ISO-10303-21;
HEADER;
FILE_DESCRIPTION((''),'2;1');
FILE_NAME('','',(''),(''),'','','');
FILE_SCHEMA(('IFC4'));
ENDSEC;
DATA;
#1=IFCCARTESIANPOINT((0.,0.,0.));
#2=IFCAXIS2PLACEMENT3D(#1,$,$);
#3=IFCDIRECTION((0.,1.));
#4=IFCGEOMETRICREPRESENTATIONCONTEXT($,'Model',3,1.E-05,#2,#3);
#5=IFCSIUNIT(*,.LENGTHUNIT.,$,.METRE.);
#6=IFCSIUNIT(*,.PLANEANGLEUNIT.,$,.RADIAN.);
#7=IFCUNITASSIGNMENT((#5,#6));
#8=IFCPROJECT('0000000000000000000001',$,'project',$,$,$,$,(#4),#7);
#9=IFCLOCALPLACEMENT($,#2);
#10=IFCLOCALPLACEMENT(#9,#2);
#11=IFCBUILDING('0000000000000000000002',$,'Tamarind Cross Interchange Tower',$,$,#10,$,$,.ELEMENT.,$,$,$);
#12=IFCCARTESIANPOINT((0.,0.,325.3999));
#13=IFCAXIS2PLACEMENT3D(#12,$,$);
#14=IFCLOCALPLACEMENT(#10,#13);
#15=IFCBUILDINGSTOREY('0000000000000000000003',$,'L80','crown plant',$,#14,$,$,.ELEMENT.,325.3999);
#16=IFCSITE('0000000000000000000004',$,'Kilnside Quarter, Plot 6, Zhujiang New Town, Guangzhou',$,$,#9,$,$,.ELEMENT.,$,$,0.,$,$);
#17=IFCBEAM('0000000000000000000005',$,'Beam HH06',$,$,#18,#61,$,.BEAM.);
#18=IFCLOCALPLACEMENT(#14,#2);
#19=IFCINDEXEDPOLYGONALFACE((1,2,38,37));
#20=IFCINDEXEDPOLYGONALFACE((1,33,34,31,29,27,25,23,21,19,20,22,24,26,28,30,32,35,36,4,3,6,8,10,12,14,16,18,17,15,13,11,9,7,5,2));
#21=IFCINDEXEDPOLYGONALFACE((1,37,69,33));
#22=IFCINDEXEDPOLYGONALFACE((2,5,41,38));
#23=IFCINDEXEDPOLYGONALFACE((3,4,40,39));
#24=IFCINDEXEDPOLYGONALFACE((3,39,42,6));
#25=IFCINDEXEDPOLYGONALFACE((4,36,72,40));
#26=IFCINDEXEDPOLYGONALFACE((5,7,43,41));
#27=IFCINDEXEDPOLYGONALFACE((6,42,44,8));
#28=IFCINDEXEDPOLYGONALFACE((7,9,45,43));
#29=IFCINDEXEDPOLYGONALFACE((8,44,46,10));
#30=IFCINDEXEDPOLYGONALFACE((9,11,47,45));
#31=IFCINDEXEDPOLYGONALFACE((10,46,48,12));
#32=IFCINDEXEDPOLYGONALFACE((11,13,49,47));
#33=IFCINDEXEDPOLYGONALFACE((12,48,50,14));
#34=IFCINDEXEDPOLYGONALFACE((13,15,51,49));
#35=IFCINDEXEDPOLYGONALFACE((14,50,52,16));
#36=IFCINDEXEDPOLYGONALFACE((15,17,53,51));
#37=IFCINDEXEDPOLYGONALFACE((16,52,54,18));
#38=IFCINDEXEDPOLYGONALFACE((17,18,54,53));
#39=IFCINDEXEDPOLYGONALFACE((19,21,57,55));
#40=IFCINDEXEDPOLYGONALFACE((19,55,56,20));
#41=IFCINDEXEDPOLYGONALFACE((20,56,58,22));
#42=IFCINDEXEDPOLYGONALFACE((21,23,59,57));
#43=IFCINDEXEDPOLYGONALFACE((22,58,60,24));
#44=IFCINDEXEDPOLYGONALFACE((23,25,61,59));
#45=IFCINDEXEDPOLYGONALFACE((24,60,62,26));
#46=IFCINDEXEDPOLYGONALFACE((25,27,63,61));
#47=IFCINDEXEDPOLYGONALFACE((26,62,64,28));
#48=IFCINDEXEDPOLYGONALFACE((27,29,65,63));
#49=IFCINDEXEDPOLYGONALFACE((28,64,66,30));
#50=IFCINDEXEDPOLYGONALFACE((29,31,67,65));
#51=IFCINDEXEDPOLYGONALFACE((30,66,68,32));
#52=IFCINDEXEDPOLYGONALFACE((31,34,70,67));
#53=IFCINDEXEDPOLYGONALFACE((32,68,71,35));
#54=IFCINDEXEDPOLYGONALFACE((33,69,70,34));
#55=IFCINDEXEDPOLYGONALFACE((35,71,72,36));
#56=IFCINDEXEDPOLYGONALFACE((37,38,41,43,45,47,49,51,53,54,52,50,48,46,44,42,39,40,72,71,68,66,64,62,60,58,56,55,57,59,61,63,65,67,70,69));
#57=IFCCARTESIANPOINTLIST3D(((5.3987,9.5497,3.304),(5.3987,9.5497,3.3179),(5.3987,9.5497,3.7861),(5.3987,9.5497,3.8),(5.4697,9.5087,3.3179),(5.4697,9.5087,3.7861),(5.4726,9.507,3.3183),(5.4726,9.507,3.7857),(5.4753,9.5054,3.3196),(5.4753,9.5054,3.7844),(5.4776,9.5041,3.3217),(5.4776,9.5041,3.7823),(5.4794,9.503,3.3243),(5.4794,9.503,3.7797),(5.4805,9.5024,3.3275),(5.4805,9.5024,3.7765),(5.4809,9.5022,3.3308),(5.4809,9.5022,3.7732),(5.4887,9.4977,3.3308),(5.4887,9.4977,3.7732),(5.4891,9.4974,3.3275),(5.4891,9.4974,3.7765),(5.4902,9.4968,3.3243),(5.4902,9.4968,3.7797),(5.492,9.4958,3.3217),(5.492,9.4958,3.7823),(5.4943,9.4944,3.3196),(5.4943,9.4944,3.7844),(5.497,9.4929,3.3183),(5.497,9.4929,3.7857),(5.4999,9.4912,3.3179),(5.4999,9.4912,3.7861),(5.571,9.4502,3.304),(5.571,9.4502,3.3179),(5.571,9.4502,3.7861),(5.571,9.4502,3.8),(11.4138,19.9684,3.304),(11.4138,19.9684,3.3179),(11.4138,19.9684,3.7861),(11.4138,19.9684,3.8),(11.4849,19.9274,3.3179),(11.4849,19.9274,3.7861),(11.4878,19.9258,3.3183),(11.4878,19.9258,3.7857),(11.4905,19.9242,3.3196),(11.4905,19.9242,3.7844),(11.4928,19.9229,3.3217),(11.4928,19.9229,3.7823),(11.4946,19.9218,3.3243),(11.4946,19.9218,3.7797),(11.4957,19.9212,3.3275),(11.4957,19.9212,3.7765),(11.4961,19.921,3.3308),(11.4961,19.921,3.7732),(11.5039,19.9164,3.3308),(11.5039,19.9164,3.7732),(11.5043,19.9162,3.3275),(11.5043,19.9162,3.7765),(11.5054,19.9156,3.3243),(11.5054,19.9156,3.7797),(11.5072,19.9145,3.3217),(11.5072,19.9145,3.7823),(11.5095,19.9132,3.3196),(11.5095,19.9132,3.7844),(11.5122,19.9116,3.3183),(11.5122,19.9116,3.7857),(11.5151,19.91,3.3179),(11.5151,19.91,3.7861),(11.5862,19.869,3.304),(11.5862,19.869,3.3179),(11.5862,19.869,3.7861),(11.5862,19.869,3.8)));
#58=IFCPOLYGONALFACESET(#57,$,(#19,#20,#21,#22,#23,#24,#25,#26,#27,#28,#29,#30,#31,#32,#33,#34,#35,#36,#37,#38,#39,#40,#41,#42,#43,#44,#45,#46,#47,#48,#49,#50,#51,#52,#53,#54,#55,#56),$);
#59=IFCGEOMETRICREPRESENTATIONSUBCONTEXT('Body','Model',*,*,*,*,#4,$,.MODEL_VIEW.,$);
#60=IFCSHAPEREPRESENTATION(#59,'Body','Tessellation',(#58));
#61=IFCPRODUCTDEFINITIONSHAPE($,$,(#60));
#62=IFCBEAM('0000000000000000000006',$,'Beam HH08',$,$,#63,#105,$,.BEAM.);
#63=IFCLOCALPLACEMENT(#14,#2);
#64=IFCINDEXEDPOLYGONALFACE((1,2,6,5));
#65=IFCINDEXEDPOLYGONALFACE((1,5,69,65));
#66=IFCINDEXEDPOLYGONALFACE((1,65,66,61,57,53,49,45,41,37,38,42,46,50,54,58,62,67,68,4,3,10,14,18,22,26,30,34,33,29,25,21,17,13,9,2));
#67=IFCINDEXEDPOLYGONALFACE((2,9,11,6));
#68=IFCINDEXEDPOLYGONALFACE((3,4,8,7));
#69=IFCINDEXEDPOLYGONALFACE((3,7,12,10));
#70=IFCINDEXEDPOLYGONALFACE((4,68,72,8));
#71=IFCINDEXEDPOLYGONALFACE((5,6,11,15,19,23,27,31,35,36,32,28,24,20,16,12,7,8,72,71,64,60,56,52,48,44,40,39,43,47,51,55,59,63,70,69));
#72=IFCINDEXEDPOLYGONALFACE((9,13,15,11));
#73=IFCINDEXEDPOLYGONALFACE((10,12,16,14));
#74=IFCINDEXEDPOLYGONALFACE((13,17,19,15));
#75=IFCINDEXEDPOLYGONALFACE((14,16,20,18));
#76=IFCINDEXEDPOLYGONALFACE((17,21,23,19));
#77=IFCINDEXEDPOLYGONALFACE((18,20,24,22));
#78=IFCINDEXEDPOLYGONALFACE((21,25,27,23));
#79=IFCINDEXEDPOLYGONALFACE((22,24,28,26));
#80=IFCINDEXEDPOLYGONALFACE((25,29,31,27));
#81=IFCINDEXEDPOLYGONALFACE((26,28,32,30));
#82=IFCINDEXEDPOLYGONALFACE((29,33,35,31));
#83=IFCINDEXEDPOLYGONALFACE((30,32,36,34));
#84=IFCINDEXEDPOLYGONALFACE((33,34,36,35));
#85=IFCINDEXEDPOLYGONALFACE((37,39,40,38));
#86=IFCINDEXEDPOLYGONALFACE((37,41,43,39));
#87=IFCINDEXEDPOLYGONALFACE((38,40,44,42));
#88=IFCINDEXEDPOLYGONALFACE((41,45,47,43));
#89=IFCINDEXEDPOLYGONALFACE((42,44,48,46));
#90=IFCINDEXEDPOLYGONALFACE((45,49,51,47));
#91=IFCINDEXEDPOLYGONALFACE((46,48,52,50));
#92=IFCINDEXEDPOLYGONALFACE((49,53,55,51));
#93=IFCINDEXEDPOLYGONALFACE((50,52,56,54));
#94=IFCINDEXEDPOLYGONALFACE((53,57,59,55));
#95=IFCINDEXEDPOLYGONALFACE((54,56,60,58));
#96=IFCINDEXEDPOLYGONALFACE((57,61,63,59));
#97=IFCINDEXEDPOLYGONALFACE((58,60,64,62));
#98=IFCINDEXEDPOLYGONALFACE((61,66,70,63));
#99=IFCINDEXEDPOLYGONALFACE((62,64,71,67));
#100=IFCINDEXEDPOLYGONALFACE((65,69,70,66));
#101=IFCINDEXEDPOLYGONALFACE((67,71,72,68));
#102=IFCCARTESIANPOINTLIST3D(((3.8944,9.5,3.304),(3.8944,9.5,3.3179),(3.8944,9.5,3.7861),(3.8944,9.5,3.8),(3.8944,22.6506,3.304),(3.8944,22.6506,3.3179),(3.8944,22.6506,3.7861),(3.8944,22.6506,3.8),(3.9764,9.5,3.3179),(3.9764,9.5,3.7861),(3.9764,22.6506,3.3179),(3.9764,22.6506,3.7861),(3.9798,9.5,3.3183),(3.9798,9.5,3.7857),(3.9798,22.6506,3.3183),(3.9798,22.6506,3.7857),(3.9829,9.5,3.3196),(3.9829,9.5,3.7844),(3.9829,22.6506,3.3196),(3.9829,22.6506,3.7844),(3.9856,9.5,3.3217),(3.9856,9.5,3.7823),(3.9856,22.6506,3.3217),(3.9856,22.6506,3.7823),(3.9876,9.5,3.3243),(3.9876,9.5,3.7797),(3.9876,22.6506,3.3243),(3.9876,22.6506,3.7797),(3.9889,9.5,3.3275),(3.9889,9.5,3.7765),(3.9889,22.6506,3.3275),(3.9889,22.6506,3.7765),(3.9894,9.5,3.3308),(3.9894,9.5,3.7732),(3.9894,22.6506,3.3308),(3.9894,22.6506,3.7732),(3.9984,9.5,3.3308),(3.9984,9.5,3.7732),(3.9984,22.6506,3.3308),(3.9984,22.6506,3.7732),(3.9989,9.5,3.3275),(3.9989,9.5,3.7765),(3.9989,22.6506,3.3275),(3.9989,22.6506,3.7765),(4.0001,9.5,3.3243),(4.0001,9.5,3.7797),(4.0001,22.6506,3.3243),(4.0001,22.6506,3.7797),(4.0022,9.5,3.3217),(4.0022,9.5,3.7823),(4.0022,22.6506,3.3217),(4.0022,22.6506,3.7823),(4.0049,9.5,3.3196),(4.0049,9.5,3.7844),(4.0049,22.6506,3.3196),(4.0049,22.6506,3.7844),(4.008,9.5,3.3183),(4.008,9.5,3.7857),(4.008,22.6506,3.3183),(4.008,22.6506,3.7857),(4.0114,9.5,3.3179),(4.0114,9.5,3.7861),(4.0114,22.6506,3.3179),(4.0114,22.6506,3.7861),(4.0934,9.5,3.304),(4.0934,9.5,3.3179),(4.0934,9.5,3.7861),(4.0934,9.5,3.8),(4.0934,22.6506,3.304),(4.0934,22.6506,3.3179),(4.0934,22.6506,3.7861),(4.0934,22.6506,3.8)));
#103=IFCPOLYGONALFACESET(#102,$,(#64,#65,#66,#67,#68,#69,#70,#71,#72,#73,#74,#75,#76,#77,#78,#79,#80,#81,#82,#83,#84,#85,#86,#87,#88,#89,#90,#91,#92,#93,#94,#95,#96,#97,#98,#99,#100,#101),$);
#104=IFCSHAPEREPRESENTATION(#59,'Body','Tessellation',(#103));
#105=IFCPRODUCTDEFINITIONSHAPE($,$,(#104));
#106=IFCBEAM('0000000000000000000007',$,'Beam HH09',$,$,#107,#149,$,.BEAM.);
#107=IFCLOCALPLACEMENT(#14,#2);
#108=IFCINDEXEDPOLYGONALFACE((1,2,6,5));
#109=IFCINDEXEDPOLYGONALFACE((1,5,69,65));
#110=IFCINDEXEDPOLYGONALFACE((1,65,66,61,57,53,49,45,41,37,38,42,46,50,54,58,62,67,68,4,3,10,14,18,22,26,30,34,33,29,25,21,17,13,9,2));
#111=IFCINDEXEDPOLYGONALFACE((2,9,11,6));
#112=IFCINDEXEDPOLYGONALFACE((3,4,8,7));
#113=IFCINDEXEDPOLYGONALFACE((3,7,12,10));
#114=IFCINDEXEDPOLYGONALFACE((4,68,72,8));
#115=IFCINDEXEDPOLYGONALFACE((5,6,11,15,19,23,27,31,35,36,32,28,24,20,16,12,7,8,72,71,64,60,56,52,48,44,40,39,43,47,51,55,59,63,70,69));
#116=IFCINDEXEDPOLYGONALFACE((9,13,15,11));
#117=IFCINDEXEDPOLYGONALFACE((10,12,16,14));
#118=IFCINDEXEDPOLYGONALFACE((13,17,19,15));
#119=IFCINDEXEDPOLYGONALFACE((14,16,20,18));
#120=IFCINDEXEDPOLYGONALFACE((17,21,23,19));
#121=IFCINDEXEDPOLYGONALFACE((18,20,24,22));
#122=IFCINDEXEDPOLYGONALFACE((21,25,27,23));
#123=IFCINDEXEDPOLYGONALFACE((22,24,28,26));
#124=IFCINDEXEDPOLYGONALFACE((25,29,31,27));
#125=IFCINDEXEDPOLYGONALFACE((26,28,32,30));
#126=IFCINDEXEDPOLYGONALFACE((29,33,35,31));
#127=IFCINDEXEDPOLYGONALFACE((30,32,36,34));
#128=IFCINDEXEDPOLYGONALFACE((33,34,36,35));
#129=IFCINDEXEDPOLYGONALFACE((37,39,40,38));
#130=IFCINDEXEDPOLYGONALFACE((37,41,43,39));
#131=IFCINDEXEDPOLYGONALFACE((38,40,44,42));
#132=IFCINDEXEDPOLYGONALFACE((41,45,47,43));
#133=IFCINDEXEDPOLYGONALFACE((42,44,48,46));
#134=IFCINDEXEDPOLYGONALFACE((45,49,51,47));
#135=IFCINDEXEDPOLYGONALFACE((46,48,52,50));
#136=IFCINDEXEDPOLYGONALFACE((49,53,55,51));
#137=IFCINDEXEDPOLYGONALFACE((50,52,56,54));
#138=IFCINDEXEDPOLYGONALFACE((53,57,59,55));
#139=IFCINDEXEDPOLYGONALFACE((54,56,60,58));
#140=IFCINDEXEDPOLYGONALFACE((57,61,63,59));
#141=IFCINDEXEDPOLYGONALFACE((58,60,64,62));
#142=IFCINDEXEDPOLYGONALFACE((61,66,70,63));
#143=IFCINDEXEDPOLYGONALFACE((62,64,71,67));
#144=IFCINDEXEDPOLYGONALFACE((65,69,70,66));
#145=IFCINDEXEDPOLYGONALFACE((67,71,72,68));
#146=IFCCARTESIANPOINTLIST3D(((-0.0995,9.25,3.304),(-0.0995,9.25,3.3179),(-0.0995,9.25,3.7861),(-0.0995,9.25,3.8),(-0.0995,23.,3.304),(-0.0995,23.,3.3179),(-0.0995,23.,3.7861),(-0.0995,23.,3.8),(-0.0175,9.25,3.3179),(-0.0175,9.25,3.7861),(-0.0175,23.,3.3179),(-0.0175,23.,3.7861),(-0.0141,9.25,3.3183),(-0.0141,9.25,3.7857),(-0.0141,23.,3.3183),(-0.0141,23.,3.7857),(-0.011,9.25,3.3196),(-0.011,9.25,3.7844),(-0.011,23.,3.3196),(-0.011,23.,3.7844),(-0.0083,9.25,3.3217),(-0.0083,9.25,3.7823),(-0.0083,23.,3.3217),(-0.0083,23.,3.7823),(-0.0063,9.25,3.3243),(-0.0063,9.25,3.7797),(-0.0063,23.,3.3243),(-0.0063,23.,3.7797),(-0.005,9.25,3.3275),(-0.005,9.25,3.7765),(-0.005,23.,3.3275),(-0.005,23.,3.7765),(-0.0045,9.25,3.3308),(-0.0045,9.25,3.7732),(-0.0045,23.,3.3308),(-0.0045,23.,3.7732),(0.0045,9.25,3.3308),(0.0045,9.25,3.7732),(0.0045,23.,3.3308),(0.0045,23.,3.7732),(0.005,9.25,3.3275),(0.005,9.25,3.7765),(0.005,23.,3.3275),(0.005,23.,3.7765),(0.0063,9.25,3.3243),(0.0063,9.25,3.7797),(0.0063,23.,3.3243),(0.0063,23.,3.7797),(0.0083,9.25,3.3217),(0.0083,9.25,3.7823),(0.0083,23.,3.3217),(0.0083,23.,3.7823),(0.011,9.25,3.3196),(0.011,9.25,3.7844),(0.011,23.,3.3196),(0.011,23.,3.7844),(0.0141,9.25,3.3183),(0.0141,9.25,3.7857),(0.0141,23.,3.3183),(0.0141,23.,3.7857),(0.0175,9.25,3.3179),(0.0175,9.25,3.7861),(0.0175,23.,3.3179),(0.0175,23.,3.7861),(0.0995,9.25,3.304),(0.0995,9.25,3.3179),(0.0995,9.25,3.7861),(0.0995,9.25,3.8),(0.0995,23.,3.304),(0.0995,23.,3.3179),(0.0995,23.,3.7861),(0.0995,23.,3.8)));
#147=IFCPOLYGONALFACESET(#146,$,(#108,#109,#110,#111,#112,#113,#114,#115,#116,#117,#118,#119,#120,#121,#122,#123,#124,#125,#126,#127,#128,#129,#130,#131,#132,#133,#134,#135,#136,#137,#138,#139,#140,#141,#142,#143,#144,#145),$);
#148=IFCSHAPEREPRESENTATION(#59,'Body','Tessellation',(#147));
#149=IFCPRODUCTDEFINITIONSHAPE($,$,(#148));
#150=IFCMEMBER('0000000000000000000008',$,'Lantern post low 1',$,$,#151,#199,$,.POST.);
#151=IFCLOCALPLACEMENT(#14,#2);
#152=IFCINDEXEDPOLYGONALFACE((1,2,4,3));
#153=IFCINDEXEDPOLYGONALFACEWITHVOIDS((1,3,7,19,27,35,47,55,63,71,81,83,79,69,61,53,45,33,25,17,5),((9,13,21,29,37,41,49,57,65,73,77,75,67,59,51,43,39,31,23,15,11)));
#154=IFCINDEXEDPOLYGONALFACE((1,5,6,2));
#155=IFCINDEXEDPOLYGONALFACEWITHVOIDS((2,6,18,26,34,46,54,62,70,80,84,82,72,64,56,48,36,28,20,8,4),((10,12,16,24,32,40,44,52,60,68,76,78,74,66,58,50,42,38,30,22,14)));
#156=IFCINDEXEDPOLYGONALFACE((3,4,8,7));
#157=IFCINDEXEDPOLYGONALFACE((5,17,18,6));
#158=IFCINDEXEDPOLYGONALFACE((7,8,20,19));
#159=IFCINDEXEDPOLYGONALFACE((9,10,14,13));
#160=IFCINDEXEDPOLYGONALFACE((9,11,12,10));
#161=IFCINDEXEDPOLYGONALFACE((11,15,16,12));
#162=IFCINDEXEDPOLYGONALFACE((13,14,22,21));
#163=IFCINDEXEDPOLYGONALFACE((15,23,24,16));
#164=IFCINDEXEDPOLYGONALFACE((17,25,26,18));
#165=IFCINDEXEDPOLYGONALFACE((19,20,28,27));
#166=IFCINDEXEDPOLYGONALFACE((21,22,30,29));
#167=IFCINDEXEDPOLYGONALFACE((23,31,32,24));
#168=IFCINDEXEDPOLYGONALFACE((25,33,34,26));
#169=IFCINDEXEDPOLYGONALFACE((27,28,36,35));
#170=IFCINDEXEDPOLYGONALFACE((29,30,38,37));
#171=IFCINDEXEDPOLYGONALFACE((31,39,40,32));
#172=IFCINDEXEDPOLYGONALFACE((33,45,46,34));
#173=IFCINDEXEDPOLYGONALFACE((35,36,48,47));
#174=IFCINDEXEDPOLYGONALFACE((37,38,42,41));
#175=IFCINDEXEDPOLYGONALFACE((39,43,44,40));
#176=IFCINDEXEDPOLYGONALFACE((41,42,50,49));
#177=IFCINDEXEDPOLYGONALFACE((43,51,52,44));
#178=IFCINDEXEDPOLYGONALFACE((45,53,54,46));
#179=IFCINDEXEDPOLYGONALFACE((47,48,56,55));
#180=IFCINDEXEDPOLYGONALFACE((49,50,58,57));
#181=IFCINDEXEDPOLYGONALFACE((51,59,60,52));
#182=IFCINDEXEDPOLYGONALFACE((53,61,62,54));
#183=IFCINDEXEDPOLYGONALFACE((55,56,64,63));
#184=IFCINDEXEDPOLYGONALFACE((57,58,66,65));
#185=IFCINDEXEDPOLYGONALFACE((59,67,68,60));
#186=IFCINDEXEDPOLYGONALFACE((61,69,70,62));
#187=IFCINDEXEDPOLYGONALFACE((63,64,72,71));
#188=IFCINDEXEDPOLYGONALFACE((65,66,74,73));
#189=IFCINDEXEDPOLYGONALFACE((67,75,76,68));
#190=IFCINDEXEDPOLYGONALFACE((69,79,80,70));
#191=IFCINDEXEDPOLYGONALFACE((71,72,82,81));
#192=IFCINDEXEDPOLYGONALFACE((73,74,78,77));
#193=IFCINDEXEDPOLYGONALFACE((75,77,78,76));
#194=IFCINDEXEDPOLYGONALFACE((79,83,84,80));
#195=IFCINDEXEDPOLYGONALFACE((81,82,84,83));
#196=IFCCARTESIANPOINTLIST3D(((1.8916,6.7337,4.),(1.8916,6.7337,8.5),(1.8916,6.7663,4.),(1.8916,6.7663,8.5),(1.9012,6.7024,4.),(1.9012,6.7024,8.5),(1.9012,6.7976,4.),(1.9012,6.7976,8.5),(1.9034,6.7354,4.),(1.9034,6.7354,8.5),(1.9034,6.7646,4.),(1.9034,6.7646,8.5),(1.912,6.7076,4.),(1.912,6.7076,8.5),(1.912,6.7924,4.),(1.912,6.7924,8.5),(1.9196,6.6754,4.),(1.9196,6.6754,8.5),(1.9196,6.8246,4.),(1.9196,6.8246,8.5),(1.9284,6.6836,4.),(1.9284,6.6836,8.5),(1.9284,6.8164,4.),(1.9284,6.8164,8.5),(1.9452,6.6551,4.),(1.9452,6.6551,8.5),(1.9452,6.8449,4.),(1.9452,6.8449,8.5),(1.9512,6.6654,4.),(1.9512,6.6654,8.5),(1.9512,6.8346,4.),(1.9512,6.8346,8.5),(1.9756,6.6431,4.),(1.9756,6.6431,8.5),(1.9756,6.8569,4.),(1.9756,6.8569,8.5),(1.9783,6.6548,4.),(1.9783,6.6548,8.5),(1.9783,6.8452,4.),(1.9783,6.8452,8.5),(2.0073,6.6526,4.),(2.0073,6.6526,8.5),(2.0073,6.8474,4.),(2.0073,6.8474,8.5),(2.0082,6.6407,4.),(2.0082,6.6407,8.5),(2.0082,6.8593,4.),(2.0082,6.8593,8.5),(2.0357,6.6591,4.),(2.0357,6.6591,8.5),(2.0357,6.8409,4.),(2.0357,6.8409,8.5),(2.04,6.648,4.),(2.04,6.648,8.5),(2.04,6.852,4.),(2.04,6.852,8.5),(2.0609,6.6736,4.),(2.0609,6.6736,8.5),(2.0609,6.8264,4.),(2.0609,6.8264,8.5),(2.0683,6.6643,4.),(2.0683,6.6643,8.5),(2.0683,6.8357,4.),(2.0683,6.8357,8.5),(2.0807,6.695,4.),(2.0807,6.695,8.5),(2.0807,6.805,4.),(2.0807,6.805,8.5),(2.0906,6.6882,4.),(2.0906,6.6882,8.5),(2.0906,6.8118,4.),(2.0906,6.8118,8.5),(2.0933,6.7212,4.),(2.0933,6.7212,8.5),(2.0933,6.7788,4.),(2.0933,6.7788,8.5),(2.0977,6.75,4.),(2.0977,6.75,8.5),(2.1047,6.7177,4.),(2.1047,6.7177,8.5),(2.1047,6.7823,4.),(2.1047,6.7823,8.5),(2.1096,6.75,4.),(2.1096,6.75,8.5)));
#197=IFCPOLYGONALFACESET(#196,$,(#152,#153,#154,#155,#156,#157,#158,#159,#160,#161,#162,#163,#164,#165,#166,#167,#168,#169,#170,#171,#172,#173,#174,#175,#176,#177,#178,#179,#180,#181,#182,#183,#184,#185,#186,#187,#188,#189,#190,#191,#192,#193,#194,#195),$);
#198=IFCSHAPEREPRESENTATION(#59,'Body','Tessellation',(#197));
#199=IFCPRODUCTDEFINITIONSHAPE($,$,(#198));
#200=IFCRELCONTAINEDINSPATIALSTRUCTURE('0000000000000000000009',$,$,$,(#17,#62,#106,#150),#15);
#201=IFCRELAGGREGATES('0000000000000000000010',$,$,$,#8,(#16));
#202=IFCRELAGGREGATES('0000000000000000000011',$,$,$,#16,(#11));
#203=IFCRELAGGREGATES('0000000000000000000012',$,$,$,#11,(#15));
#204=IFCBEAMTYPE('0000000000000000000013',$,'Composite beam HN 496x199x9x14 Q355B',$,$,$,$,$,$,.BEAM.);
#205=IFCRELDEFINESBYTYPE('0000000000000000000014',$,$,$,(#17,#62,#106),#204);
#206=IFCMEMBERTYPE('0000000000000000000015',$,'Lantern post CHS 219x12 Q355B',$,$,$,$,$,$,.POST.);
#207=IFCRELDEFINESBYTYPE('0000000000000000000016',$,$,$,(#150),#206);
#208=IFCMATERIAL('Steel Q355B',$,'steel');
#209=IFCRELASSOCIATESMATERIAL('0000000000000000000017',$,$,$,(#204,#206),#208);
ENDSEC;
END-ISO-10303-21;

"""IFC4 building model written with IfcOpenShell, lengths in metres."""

from ifc_helpers import new_model, si_unit, direction, frame, origin, origin_2d, place, context, subcontext, project, spatial, hollow_circle, i_section, extrude, material, material_profile, profile_set, type_object, element, save


model = new_model("IFC4")

# Units and contexts
model_context = context("Model", 3, precision=1e-05, world=origin(), true_north=direction((0.0, 1.0)))
body_context = subcontext(model_context, "Body", "Model", "MODEL_VIEW")
ifc_project = project(units=[si_unit("LENGTHUNIT", "METRE"), si_unit("PLANEANGLEUNIT", "RADIAN")], contexts=[model_context])

# Site, building, storey
site_placement = place(None, origin())
site = spatial("IfcSite", under=ifc_project, at=site_placement, Name="Kilnside Quarter, Plot 6, Zhujiang New Town, Guangzhou", CompositionType="ELEMENT", RefElevation=0.0)
building_placement = place(site_placement, origin())
building = spatial("IfcBuilding", under=site, at=building_placement, Name="Tamarind Cross Interchange Tower", CompositionType="ELEMENT")
storey_placement = place(building_placement, frame((0.0, 0.0, 325.3999)))
storey = spatial("IfcBuildingStorey", under=building, at=storey_placement, Name="L80", Description="crown plant", CompositionType="ELEMENT", Elevation=325.3999)

# Beams
ifc_material_1 = material(Name="Steel Q355B", Category="steel")
ifc_material_profile_1 = material_profile(ifc_material_1, i_section(OverallWidth=0.199, OverallDepth=0.4961, WebThickness=0.009, FlangeThickness=0.0139, FilletRadius=0.0129, at=origin_2d()), Name="HN 496x199x9x14")
ifc_profile_set_1 = profile_set([ifc_material_profile_1], Name="Steel Q355B")
beam_type_1 = type_object("IfcBeamType", Name="Composite beam HN 496x199x9x14 Q355B", PredefinedType="BEAM", material=ifc_profile_set_1)
beam_1_placement = place(storey_placement, frame((11.5, 19.9187, 3.552), z_axis=(-0.499994, -0.866029, 0.0), x_axis=(0.866029, -0.499994, 0.0)))
element("IfcBeam", 1, at=beam_1_placement, inside=storey, type_object=beam_type_1, Name="Beam HH06", PredefinedType="BEAM", context=body_context, shape_type="SweptSolid", body=[
    extrude(i_section(OverallWidth=0.199, OverallDepth=0.4961, WebThickness=0.009, FlangeThickness=0.0139, FilletRadius=0.0129, at=origin_2d()), origin(), (0.0, 0.0, 1.0), 12.0305),
])
beam_2_placement = place(storey_placement, frame((3.9939, 22.6506, 3.552), z_axis=(0.0, -1.0, 0.0), x_axis=(1.0, 0.0, 0.0)))
element("IfcBeam", 2, at=beam_2_placement, inside=storey, type_object=beam_type_1, Name="Beam HH08", PredefinedType="BEAM", context=body_context, shape_type="SweptSolid", body=[
    extrude(i_section(OverallWidth=0.199, OverallDepth=0.4961, WebThickness=0.009, FlangeThickness=0.0139, FilletRadius=0.0129, at=origin_2d()), origin(), (0.0, 0.0, 1.0), 13.1506),
])
beam_3_placement = place(storey_placement, frame((0.0, 23.0, 3.552), z_axis=(0.0, -1.0, 0.0), x_axis=(1.0, 0.0, 0.0)))
element("IfcBeam", 3, at=beam_3_placement, inside=storey, type_object=beam_type_1, Name="Beam HH09", PredefinedType="BEAM", context=body_context, shape_type="SweptSolid", body=[
    extrude(i_section(OverallWidth=0.199, OverallDepth=0.4961, WebThickness=0.009, FlangeThickness=0.0139, FilletRadius=0.0129, at=origin_2d()), origin(), (0.0, 0.0, 1.0), 13.75),
])

# Member
ifc_material_profile_2 = material_profile(ifc_material_1, hollow_circle(Radius=0.1096, WallThickness=0.012, at=origin_2d()), Name="CHS 219x12")
ifc_profile_set_2 = profile_set([ifc_material_profile_2], Name="Steel Q355B")
member_type_1 = type_object("IfcMemberType", Name="Lantern post CHS 219x12 Q355B", PredefinedType="POST", material=ifc_profile_set_2)
for number, where, z_axis, x_axis, name in (
    (4, (2.0, 6.75, 4.0), (0.0, 0.0, 1.0), (1.0, 0.0, 0.0), "Lantern post low 1"),
):
    element("IfcMember", number, at=place(storey_placement, frame(where, z_axis=z_axis, x_axis=x_axis)), inside=storey, type_object=member_type_1, Name=name, PredefinedType="POST", context=body_context, shape_type="SweptSolid", body=[
        extrude(hollow_circle(Radius=0.1096, WallThickness=0.012, at=origin_2d()), origin(), (0.0, 0.0, 1.0), 4.5),
    ])

save(model, "model.ifc")
